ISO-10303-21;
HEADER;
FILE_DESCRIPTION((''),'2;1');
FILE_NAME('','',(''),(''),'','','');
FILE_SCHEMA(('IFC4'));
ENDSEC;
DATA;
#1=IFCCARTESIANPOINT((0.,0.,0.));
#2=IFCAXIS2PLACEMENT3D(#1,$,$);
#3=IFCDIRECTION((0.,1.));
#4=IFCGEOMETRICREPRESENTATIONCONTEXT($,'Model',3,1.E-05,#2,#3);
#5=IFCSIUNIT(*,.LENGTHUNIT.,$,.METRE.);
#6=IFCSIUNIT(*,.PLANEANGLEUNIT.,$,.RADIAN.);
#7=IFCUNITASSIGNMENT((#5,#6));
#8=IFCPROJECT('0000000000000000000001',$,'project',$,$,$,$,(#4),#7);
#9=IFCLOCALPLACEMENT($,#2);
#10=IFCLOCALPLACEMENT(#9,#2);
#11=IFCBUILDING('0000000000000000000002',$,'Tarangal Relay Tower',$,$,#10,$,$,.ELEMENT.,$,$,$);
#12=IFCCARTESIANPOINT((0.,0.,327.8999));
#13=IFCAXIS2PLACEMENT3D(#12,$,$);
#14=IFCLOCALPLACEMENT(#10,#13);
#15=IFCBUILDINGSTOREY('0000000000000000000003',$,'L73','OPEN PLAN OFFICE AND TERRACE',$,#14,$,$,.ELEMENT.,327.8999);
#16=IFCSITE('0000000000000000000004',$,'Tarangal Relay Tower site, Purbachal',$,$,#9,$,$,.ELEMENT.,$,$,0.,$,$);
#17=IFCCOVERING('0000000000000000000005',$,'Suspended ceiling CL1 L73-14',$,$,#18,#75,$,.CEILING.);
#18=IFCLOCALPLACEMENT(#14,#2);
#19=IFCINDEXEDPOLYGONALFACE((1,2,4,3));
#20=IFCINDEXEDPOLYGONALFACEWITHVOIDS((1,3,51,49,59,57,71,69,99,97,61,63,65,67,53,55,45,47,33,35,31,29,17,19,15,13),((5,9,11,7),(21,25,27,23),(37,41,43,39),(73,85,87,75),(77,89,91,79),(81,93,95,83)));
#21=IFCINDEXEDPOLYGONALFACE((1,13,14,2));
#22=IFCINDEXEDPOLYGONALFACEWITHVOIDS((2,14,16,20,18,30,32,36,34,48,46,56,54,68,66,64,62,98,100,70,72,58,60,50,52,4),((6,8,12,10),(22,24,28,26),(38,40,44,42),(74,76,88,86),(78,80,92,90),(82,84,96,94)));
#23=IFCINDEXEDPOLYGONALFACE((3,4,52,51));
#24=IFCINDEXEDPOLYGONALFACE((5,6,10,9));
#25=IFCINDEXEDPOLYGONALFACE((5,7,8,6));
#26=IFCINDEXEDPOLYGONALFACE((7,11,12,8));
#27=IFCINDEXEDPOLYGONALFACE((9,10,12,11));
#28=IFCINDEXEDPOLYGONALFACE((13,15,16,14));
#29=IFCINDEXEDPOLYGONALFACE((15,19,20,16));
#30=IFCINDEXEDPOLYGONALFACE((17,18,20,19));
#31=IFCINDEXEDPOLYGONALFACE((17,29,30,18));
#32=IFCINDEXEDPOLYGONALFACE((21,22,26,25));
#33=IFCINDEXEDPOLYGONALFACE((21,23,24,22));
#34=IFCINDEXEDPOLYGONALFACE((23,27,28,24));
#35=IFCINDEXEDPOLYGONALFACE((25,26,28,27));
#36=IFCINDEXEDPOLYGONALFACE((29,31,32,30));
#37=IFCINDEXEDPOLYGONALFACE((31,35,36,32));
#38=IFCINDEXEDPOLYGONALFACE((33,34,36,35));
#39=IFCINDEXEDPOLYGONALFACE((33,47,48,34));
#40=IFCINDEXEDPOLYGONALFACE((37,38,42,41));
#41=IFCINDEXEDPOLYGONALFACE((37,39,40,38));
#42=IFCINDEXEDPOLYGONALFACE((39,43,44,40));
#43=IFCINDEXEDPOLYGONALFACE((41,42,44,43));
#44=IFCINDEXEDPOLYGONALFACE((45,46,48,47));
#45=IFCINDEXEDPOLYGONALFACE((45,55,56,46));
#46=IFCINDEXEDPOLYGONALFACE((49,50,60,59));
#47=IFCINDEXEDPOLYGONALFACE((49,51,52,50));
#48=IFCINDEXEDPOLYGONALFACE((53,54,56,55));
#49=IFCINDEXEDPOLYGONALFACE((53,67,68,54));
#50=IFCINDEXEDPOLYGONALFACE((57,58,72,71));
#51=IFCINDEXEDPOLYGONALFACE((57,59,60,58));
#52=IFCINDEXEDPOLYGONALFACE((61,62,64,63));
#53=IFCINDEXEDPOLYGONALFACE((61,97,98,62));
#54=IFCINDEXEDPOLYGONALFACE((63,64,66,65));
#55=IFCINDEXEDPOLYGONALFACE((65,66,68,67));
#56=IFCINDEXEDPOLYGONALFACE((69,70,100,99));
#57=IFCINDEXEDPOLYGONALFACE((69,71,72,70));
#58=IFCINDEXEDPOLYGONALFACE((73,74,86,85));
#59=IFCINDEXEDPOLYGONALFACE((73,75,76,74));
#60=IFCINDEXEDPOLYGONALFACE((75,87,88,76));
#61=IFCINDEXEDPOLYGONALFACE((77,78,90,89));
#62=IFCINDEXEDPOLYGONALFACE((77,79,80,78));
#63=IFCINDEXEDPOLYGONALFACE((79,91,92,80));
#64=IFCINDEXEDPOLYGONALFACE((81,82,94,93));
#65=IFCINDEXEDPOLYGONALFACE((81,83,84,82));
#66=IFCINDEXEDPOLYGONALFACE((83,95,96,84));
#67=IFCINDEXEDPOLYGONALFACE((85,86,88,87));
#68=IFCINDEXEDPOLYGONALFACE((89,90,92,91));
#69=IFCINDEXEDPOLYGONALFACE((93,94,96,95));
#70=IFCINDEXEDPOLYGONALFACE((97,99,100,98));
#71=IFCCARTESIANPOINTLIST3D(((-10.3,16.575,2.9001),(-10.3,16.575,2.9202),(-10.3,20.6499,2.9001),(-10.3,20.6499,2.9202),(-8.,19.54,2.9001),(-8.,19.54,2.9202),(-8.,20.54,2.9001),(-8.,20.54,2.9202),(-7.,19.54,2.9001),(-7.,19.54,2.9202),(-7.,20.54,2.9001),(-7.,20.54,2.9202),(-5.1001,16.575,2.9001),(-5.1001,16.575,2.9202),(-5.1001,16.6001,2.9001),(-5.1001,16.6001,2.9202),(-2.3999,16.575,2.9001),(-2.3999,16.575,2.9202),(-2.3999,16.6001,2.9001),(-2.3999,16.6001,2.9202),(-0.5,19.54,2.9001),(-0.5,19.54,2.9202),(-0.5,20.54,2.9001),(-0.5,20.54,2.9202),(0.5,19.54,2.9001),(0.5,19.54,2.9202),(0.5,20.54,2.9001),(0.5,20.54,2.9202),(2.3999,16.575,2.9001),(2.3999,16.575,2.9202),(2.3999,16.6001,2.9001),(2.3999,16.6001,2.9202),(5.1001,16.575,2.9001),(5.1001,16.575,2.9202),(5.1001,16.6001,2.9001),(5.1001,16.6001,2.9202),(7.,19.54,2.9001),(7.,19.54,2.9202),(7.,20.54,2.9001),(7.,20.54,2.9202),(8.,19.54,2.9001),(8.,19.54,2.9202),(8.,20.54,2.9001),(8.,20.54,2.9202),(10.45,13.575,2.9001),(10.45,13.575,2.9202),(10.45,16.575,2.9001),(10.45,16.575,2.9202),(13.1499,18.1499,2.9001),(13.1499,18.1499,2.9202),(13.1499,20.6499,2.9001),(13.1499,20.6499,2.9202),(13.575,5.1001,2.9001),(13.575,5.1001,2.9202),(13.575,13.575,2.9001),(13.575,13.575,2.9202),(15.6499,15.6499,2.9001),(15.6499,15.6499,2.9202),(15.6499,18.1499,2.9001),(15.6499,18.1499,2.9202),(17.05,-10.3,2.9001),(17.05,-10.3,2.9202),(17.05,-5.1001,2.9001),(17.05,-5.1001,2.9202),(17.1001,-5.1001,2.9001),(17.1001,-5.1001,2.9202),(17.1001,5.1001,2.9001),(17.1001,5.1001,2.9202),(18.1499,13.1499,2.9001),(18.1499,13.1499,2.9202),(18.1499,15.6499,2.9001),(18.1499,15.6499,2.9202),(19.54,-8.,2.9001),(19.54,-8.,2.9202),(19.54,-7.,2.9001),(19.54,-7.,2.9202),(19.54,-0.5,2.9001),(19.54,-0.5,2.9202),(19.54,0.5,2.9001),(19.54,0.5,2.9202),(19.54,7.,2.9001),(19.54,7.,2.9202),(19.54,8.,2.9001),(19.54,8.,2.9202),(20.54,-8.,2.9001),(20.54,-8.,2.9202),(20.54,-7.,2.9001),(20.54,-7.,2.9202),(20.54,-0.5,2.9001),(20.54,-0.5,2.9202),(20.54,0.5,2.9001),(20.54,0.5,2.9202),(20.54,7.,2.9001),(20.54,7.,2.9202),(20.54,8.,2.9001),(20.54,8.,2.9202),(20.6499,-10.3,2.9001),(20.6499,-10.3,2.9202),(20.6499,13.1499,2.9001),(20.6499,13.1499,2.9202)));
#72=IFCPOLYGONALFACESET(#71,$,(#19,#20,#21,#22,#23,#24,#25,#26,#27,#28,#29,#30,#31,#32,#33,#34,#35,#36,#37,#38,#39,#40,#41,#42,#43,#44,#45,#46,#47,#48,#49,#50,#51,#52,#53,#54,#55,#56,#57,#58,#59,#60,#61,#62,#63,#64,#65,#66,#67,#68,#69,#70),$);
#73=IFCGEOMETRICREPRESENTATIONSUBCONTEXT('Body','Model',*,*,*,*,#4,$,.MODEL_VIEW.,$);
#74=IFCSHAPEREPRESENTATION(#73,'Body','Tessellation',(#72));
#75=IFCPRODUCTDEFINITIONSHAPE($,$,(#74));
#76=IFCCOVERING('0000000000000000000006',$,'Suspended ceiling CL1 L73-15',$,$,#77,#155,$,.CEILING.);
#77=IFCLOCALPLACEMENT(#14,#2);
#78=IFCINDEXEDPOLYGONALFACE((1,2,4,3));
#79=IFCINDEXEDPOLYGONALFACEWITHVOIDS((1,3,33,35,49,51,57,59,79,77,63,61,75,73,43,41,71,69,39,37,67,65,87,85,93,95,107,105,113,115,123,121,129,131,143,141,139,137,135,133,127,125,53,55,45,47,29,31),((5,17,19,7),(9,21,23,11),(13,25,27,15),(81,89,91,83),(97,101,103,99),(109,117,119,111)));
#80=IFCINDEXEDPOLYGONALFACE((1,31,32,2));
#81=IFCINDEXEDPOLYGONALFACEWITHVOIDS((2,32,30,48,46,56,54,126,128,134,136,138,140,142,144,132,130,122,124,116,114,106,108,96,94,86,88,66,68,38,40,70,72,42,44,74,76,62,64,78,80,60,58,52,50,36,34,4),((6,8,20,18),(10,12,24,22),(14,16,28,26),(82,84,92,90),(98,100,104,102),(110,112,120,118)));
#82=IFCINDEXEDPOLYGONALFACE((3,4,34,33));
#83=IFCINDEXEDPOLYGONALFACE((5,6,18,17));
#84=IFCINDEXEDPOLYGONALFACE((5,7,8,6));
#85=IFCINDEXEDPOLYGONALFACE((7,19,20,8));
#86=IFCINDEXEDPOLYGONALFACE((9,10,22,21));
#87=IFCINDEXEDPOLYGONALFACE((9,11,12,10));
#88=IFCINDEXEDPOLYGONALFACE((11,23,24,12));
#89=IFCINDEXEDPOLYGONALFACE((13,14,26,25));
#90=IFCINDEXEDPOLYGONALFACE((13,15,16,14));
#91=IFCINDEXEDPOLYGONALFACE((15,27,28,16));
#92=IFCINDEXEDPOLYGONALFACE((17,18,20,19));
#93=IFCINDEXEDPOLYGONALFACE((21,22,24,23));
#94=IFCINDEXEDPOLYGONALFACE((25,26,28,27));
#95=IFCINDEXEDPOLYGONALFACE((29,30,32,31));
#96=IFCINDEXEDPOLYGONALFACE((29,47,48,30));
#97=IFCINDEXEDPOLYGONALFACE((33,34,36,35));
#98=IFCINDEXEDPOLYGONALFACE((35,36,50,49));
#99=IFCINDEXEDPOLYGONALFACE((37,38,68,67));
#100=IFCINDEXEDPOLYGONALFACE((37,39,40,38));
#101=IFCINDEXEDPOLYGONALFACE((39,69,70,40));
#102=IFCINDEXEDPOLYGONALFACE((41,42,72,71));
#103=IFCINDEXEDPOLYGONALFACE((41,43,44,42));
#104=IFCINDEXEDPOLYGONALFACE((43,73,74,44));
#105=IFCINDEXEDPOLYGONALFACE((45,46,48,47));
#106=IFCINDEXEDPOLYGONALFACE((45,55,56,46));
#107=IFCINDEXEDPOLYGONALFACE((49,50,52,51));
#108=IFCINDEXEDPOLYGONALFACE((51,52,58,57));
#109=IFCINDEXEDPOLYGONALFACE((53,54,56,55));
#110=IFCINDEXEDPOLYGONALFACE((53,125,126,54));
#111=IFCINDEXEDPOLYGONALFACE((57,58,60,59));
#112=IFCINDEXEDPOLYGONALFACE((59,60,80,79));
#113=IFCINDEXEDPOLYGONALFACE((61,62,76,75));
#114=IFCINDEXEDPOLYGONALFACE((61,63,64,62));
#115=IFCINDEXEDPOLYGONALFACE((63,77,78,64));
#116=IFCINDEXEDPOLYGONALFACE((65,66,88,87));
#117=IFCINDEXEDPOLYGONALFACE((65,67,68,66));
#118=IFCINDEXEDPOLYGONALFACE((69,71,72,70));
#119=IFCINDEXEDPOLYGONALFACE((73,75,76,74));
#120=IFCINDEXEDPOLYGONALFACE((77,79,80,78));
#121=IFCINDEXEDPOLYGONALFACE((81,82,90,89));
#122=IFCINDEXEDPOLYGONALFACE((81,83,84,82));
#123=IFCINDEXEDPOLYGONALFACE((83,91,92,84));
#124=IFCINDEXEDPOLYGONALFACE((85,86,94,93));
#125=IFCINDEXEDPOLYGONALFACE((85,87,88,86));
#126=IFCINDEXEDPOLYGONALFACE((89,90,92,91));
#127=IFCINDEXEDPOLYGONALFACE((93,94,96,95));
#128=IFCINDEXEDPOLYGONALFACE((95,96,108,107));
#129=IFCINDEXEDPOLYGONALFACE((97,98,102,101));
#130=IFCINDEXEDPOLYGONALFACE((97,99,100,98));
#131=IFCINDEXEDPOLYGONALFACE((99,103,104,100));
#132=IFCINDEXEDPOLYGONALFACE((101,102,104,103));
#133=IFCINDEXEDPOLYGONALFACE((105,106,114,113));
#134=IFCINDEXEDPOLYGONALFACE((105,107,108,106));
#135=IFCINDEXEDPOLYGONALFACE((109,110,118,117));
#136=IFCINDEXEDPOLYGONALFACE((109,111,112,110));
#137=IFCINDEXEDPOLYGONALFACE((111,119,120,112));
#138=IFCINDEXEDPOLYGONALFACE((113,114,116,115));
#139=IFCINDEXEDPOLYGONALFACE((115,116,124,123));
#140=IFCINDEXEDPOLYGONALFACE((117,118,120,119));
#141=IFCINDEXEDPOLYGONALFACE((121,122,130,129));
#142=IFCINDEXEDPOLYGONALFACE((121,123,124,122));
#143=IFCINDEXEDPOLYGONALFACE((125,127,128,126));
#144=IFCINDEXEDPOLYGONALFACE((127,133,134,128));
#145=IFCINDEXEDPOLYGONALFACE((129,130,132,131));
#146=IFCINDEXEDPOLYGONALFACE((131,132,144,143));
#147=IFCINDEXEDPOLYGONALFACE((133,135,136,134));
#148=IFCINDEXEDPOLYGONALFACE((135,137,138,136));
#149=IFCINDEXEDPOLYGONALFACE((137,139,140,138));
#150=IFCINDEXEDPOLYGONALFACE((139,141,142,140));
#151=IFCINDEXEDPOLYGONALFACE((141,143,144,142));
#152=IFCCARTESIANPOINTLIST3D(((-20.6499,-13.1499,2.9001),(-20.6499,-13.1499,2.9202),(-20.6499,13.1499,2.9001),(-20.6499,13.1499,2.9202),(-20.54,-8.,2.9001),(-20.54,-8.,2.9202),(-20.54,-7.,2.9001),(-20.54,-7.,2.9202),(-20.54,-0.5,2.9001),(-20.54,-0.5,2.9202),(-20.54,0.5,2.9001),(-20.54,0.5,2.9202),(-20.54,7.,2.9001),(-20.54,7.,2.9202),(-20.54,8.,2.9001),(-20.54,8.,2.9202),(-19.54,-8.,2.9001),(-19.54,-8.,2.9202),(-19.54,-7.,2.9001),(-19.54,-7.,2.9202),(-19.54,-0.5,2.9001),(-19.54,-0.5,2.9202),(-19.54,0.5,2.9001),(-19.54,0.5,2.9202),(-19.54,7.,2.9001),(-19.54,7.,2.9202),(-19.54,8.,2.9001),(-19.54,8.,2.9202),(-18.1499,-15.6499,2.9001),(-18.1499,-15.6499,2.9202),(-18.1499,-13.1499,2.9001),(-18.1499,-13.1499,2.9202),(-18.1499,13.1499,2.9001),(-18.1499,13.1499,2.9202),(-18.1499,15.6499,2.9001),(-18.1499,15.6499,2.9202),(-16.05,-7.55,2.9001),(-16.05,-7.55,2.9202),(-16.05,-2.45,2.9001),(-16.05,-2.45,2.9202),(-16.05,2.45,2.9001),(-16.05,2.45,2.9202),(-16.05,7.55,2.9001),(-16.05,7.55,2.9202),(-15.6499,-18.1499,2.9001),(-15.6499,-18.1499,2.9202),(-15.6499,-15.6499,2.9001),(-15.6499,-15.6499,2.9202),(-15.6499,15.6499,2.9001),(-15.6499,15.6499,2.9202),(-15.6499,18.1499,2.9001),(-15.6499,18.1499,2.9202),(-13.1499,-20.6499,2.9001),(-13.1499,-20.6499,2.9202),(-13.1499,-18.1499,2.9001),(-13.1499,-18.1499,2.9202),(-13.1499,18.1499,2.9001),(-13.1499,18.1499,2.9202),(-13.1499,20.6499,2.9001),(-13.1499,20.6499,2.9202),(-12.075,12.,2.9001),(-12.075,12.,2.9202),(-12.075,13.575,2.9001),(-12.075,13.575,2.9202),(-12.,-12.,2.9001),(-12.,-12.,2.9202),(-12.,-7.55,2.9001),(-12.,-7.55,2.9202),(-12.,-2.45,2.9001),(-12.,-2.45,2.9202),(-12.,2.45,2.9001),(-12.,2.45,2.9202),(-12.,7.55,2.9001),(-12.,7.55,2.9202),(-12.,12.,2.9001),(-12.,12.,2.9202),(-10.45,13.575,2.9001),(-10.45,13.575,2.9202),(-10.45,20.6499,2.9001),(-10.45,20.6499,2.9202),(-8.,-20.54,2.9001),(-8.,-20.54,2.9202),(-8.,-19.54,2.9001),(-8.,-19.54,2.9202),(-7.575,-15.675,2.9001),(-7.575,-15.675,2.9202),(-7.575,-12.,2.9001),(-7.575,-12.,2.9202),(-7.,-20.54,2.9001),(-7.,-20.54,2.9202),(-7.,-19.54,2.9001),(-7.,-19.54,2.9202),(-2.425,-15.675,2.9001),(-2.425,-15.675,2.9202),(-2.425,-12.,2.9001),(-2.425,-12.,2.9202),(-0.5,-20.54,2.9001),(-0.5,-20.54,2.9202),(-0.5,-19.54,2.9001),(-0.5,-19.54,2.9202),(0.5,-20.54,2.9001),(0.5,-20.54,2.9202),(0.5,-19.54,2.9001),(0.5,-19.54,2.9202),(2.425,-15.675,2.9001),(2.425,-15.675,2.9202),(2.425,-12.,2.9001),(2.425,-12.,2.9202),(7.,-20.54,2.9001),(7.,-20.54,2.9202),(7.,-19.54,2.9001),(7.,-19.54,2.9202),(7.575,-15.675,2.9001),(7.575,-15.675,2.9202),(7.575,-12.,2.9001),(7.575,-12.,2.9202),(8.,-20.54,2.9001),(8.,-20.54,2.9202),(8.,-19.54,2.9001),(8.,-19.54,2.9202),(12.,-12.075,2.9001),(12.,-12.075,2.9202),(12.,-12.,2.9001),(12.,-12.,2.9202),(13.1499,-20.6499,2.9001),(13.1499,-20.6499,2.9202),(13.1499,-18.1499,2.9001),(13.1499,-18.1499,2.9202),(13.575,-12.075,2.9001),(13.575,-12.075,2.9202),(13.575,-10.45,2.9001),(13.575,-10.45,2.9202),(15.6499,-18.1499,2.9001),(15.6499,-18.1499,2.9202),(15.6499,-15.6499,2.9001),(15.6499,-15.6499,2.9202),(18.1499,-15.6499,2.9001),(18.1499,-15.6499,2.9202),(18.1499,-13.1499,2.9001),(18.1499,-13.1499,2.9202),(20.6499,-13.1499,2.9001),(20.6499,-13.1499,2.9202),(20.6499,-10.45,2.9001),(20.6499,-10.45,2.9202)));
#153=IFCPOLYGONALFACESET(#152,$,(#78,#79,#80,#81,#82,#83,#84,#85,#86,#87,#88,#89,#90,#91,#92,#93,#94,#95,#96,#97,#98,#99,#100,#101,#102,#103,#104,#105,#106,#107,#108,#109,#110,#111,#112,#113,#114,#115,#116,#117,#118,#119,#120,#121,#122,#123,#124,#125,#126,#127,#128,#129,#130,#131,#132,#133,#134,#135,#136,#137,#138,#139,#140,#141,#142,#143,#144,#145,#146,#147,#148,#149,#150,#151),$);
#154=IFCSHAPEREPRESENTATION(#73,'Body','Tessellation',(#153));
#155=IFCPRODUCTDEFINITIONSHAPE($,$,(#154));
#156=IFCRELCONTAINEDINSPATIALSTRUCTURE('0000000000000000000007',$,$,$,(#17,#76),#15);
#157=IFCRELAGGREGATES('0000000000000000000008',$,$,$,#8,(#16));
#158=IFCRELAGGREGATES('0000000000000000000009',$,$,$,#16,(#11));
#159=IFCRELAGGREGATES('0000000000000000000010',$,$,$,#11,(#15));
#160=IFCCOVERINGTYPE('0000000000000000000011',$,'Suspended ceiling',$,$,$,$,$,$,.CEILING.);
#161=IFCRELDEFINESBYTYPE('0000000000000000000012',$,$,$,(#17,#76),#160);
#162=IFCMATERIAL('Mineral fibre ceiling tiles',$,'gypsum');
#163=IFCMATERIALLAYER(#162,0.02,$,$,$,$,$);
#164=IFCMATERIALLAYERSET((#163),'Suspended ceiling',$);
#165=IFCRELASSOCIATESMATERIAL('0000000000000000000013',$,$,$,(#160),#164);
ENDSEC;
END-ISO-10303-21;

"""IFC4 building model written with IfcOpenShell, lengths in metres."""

from ifc_helpers import new_model, si_unit, direction, frame, origin, place, context, subcontext, project, spatial, polyline, outline, extrude, material, layer, layer_set, type_object, element, save


model = new_model("IFC4")

# Units and contexts
model_context = context("Model", 3, precision=1e-05, world=origin(), true_north=direction((0.0, 1.0)))
body_context = subcontext(model_context, "Body", "Model", "MODEL_VIEW")
ifc_project = project(units=[si_unit("LENGTHUNIT", "METRE"), si_unit("PLANEANGLEUNIT", "RADIAN")], contexts=[model_context])

# Site, building, storey
site_placement = place(None, origin())
site = spatial("IfcSite", under=ifc_project, at=site_placement, Name="Tarangal Relay Tower site, Purbachal", CompositionType="ELEMENT", RefElevation=0.0)
building_placement = place(site_placement, origin())
building = spatial("IfcBuilding", under=site, at=building_placement, Name="Tarangal Relay Tower", CompositionType="ELEMENT")
storey_placement = place(building_placement, frame((0.0, 0.0, 327.8999)))
storey = spatial("IfcBuildingStorey", under=building, at=storey_placement, Name="L73", Description="OPEN PLAN OFFICE AND TERRACE", CompositionType="ELEMENT", Elevation=327.8999)

# Coverings
ifc_material_1 = material(Name="Mineral fibre ceiling tiles", Category="gypsum")
ifc_layer_1 = layer(ifc_material_1, 0.02)
ifc_layer_set_1 = layer_set([ifc_layer_1], Name="Suspended ceiling")
covering_type = type_object("IfcCoveringType", Name="Suspended ceiling", PredefinedType="CEILING", material=ifc_layer_set_1)
covering_1_placement = place(storey_placement, frame((0.0, 0.0, 2.9001)))
element("IfcCovering", 1, at=covering_1_placement, inside=storey, type_object=covering_type, Name="Suspended ceiling CL1 L73-14", PredefinedType="CEILING", context=body_context, shape_type="SweptSolid", body=[
    extrude(outline(polyline([(13.1499, 20.6499), (-10.3, 20.6499), (-10.3, 16.575), (-5.1001, 16.575), (-5.1001, 16.6001), (-2.3999, 16.6001), (-2.3999, 16.575), (2.3999, 16.575), (2.3999, 16.6001), (5.1001, 16.6001), (5.1001, 16.575), (10.45, 16.575), (10.45, 13.575), (13.575, 13.575), (13.575, 5.1001), (17.1001, 5.1001), (17.1001, -5.1001), (17.05, -5.1001), (17.05, -10.3), (20.6499, -10.3), (20.6499, 13.1499), (18.1499, 13.1499), (18.1499, 15.6499), (15.6499, 15.6499), (15.6499, 18.1499), (13.1499, 18.1499), (13.1499, 20.6499)]), holes=[polyline([(19.54, -8.0), (20.54, -8.0), (20.54, -7.0), (19.54, -7.0), (19.54, -8.0)]), polyline([(19.54, 0.5), (19.54, -0.5), (20.54, -0.5), (20.54, 0.5), (19.54, 0.5)]), polyline([(19.54, 8.0), (19.54, 7.0), (20.54, 7.0), (20.54, 8.0), (19.54, 8.0)]), polyline([(-8.0, 19.54), (-7.0, 19.54), (-7.0, 20.54), (-8.0, 20.54), (-8.0, 19.54)]), polyline([(-0.5, 20.54), (-0.5, 19.54), (0.5, 19.54), (0.5, 20.54), (-0.5, 20.54)]), polyline([(7.0, 20.54), (7.0, 19.54), (8.0, 19.54), (8.0, 20.54), (7.0, 20.54)])]), origin(), (0.0, 0.0, 1.0), 0.02),
])
covering_2_placement = place(storey_placement, frame((0.0, 0.0, 2.9001)))
element("IfcCovering", 2, at=covering_2_placement, inside=storey, type_object=covering_type, Name="Suspended ceiling CL1 L73-15", PredefinedType="CEILING", context=body_context, shape_type="SweptSolid", body=[
    extrude(outline(polyline([(-12.0, 2.45), (-16.05, 2.45), (-16.05, 7.55), (-12.0, 7.55), (-12.0, 12.0), (-12.075, 12.0), (-12.075, 13.575), (-10.45, 13.575), (-10.45, 20.6499), (-13.1499, 20.6499), (-13.1499, 18.1499), (-15.6499, 18.1499), (-15.6499, 15.6499), (-18.1499, 15.6499), (-18.1499, 13.1499), (-20.6499, 13.1499), (-20.6499, -13.1499), (-18.1499, -13.1499), (-18.1499, -15.6499), (-15.6499, -15.6499), (-15.6499, -18.1499), (-13.1499, -18.1499), (-13.1499, -20.6499), (13.1499, -20.6499), (13.1499, -18.1499), (15.6499, -18.1499), (15.6499, -15.6499), (18.1499, -15.6499), (18.1499, -13.1499), (20.6499, -13.1499), (20.6499, -10.45), (13.575, -10.45), (13.575, -12.075), (12.0, -12.075), (12.0, -12.0), (7.575, -12.0), (7.575, -15.675), (2.425, -15.675), (2.425, -12.0), (-2.425, -12.0), (-2.425, -15.675), (-7.575, -15.675), (-7.575, -12.0), (-12.0, -12.0), (-12.0, -7.55), (-16.05, -7.55), (-16.05, -2.45), (-12.0, -2.45), (-12.0, 2.45)]), holes=[polyline([(-8.0, -20.54), (-7.0, -20.54), (-7.0, -19.54), (-8.0, -19.54), (-8.0, -20.54)]), polyline([(-0.5, -19.54), (-0.5, -20.54), (0.5, -20.54), (0.5, -19.54), (-0.5, -19.54)]), polyline([(7.0, -19.54), (7.0, -20.54), (8.0, -20.54), (8.0, -19.54), (7.0, -19.54)]), polyline([(-20.54, -8.0), (-19.54, -8.0), (-19.54, -7.0), (-20.54, -7.0), (-20.54, -8.0)]), polyline([(-20.54, 0.5), (-20.54, -0.5), (-19.54, -0.5), (-19.54, 0.5), (-20.54, 0.5)]), polyline([(-20.54, 8.0), (-20.54, 7.0), (-19.54, 7.0), (-19.54, 8.0), (-20.54, 8.0)])]), origin(), (0.0, 0.0, 1.0), 0.02),
])

save(model, "model.ifc")
